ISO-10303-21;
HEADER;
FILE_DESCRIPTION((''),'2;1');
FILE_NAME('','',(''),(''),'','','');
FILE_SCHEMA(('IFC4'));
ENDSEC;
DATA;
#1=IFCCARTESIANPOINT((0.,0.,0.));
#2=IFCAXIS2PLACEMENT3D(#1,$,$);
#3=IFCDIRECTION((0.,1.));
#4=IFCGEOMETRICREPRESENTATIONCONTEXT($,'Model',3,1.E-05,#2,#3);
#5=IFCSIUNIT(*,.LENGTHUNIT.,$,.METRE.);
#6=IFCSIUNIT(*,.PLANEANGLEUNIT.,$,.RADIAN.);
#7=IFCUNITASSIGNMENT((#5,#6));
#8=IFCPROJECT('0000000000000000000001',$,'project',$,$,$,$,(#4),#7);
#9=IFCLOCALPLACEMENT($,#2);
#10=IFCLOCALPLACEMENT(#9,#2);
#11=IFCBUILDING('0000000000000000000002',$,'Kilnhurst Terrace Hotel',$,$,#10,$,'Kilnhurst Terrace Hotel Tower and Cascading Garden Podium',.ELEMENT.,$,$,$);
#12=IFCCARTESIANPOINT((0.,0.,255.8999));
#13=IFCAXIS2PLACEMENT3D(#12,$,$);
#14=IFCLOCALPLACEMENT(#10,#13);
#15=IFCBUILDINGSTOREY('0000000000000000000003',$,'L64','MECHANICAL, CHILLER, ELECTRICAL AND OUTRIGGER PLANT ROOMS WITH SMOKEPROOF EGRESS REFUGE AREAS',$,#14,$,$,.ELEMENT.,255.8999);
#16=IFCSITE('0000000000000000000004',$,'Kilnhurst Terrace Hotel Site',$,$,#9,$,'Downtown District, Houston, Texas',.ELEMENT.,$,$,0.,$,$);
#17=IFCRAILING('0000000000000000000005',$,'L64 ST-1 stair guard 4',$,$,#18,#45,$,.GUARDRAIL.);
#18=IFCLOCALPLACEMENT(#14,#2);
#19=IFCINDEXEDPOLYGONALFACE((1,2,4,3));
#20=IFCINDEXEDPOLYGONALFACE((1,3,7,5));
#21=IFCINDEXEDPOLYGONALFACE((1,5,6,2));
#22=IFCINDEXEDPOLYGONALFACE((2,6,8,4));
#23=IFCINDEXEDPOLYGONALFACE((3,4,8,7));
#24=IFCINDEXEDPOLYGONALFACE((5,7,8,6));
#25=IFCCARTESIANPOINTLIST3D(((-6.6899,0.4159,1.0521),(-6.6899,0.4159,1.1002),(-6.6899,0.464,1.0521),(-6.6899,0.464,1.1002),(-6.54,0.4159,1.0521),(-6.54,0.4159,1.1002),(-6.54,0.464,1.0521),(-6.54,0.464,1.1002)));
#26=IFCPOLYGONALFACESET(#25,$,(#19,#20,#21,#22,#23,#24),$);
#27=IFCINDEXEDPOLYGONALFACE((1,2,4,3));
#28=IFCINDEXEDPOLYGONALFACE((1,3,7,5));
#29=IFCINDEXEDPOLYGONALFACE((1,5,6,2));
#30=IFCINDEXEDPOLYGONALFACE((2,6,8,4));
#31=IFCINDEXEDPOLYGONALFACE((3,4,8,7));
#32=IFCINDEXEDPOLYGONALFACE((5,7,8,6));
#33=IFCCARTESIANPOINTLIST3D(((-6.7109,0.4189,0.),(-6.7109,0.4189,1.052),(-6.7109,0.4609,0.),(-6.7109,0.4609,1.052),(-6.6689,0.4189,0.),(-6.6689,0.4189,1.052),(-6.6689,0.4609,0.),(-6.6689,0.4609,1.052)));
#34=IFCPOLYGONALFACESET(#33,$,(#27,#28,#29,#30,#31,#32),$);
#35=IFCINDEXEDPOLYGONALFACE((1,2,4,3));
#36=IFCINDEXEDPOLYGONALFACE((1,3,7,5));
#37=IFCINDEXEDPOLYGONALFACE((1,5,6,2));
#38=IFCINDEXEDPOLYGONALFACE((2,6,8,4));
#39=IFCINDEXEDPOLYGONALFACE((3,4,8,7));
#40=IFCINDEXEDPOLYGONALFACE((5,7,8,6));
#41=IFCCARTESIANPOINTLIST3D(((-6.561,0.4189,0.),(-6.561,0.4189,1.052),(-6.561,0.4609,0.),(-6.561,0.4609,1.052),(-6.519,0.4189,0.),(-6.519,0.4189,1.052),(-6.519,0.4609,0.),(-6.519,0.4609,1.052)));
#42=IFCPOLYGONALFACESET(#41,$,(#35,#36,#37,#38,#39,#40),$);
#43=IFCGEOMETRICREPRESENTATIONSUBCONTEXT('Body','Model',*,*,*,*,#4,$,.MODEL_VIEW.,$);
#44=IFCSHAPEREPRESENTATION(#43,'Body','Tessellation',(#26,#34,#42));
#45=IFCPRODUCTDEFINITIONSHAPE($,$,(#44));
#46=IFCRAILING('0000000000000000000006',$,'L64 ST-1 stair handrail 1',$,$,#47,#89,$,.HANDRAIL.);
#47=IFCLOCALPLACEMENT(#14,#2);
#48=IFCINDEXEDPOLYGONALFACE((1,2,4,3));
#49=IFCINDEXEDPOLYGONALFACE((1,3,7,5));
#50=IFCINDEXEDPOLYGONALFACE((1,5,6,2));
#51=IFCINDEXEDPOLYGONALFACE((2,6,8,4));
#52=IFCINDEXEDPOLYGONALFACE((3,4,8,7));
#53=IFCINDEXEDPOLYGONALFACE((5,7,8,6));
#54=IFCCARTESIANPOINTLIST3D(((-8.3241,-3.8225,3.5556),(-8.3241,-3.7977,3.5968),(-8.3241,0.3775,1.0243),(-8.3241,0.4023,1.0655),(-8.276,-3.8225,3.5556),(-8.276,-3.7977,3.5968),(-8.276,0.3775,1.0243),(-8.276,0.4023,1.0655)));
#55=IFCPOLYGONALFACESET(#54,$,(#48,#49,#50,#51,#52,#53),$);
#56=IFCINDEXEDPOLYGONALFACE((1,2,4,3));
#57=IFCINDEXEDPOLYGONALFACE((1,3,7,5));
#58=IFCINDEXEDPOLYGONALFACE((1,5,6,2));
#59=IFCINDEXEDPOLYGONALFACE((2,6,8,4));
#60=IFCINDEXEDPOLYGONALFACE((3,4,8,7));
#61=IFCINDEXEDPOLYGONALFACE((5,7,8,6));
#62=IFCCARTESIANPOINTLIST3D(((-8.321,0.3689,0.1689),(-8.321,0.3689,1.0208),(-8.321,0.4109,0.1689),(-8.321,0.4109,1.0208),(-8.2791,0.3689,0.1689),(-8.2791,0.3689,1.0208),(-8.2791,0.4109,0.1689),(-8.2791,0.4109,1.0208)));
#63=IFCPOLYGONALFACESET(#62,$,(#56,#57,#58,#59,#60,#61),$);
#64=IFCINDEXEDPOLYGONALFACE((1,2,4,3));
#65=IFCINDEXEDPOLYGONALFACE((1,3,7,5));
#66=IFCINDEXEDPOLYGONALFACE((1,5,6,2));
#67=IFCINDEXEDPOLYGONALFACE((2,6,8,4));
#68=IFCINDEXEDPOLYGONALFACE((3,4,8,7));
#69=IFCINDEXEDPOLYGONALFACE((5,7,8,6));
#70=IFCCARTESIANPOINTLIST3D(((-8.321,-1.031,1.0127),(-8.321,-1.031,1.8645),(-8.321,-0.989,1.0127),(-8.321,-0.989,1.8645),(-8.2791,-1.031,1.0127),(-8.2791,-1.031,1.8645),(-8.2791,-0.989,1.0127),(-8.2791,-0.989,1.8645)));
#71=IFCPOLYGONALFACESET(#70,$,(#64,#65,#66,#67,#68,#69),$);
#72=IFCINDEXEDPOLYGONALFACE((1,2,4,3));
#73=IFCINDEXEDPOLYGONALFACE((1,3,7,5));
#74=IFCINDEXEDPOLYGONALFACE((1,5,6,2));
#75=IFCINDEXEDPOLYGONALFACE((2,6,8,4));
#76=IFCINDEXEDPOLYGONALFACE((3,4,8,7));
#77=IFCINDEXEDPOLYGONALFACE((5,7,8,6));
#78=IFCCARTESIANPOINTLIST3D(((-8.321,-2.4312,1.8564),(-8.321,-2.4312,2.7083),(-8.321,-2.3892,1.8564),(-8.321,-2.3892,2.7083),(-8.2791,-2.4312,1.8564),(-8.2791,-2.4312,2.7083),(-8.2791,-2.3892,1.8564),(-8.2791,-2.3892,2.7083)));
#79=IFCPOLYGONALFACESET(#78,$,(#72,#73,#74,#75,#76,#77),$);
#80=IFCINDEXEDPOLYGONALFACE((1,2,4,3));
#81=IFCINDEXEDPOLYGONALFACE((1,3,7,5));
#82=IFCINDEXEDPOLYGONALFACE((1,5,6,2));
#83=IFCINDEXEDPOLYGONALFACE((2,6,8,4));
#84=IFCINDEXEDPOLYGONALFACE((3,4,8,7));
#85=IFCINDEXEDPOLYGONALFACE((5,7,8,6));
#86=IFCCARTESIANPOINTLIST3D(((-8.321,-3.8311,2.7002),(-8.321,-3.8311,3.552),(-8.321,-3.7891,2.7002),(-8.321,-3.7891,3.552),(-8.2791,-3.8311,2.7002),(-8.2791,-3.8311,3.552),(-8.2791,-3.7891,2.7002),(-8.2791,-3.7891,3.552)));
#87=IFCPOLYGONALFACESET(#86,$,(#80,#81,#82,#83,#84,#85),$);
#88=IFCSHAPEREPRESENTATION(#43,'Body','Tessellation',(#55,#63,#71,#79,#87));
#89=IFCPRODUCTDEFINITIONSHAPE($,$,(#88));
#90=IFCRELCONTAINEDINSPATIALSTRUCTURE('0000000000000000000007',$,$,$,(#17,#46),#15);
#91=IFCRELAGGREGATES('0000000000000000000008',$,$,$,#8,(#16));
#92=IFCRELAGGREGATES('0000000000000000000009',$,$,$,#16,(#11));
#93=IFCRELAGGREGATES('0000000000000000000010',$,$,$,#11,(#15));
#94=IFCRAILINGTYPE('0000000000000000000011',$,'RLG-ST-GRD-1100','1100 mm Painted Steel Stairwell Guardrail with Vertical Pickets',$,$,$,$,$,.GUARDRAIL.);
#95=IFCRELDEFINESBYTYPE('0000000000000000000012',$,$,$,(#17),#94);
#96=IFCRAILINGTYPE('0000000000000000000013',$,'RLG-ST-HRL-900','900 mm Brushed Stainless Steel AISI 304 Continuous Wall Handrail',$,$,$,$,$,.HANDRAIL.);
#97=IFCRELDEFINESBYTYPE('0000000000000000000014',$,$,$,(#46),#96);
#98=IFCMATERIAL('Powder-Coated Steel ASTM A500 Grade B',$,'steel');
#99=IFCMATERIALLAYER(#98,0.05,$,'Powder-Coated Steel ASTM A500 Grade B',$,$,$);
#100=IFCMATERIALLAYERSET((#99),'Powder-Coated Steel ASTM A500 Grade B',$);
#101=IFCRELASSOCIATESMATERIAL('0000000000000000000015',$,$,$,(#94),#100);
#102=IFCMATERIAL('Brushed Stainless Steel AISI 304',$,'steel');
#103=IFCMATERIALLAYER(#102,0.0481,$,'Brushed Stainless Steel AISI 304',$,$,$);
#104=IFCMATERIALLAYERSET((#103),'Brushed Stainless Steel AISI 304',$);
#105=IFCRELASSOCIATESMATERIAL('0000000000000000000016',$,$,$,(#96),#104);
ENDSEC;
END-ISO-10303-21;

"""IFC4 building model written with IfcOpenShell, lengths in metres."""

from ifc_helpers import new_model, si_unit, direction, frame, origin, origin_2d, place, context, subcontext, project, spatial, rectangle, extrude, material, layer, layer_set, type_object, element, save


model = new_model("IFC4")

# Units and contexts
model_context = context("Model", 3, precision=1e-05, world=origin(), true_north=direction((0.0, 1.0)))
body_context = subcontext(model_context, "Body", "Model", "MODEL_VIEW")
ifc_project = project(units=[si_unit("LENGTHUNIT", "METRE"), si_unit("PLANEANGLEUNIT", "RADIAN")], contexts=[model_context])

# Site, building, storey
site_placement = place(None, origin())
site = spatial("IfcSite", under=ifc_project, at=site_placement, Name="Kilnhurst Terrace Hotel Site", LongName="Downtown District, Houston, Texas", CompositionType="ELEMENT", RefElevation=0.0)
building_placement = place(site_placement, origin())
building = spatial("IfcBuilding", under=site, at=building_placement, Name="Kilnhurst Terrace Hotel", LongName="Kilnhurst Terrace Hotel Tower and Cascading Garden Podium", CompositionType="ELEMENT")
storey_placement = place(building_placement, frame((0.0, 0.0, 255.8999)))
storey = spatial("IfcBuildingStorey", under=building, at=storey_placement, Name="L64", Description="MECHANICAL, CHILLER, ELECTRICAL AND OUTRIGGER PLANT ROOMS WITH SMOKEPROOF EGRESS REFUGE AREAS", CompositionType="ELEMENT", Elevation=255.8999)

# Railings
ifc_material_1 = material(Name="Powder-Coated Steel ASTM A500 Grade B", Category="steel")
ifc_layer_1 = layer(ifc_material_1, 0.05, Name="Powder-Coated Steel ASTM A500 Grade B")
ifc_layer_set_1 = layer_set([ifc_layer_1], Name="Powder-Coated Steel ASTM A500 Grade B")
railing_type_1 = type_object("IfcRailingType", Name="RLG-ST-GRD-1100", Description="1100 mm Painted Steel Stairwell Guardrail with Vertical Pickets", PredefinedType="GUARDRAIL", material=ifc_layer_set_1)
railing_1_placement = place(storey_placement, frame((-6.6899, 0.4399, 0.0)))
element("IfcRailing", 1, at=railing_1_placement, inside=storey, type_object=railing_type_1, Name="L64 ST-1 stair guard 4", PredefinedType="GUARDRAIL", context=body_context, shape_type="SweptSolid", body=[
    extrude(rectangle(XDim=0.0481, YDim=0.0481, at=origin_2d()), frame((0.0, 0.0, 1.0762), z_axis=(1.0, 0.0, 0.0), x_axis=(0.0, 1.0, 0.0)), (0.0, 0.0, 1.0), 0.1499),
    extrude(rectangle(XDim=0.042, YDim=0.042, at=origin_2d()), origin(), (0.0, 0.0, 1.0), 1.052),
    extrude(rectangle(XDim=0.042, YDim=0.042, at=origin_2d()), frame((0.1499, 0.0, 0.0)), (0.0, 0.0, 1.0), 1.052),
])
ifc_material_2 = material(Name="Brushed Stainless Steel AISI 304", Category="steel")
ifc_layer_2 = layer(ifc_material_2, 0.0481, Name="Brushed Stainless Steel AISI 304")
ifc_layer_set_2 = layer_set([ifc_layer_2], Name="Brushed Stainless Steel AISI 304")
railing_type_2 = type_object("IfcRailingType", Name="RLG-ST-HRL-900", Description="900 mm Brushed Stainless Steel AISI 304 Continuous Wall Handrail", PredefinedType="HANDRAIL", material=ifc_layer_set_2)
railing_2_placement = place(storey_placement, frame((-8.3, 0.3899, 0.1689)))
element("IfcRailing", 2, at=railing_2_placement, inside=storey, type_object=railing_type_2, Name="L64 ST-1 stair handrail 1", PredefinedType="HANDRAIL", context=body_context, shape_type="SweptSolid", body=[
    extrude(rectangle(XDim=0.0481, YDim=0.0481, at=origin_2d()), frame((0.0, 0.0, 0.876), z_axis=(0.0, -0.856476, 0.516186), x_axis=(1.0, 0.0, 0.0)), (0.0, 0.0, 1.0), 4.9038),
    extrude(rectangle(XDim=0.042, YDim=0.042, at=origin_2d()), origin(), (0.0, 0.0, 1.0), 0.8518),
    extrude(rectangle(XDim=0.042, YDim=0.042, at=origin_2d()), frame((0.0, -1.3999, 0.8438)), (0.0, 0.0, 1.0), 0.8518),
    extrude(rectangle(XDim=0.042, YDim=0.042, at=origin_2d()), frame((0.0, -2.8, 1.6875)), (0.0, 0.0, 1.0), 0.8518),
    extrude(rectangle(XDim=0.042, YDim=0.042, at=origin_2d()), frame((0.0, -4.2, 2.5312)), (0.0, 0.0, 1.0), 0.8518),
])

save(model, "model.ifc")
